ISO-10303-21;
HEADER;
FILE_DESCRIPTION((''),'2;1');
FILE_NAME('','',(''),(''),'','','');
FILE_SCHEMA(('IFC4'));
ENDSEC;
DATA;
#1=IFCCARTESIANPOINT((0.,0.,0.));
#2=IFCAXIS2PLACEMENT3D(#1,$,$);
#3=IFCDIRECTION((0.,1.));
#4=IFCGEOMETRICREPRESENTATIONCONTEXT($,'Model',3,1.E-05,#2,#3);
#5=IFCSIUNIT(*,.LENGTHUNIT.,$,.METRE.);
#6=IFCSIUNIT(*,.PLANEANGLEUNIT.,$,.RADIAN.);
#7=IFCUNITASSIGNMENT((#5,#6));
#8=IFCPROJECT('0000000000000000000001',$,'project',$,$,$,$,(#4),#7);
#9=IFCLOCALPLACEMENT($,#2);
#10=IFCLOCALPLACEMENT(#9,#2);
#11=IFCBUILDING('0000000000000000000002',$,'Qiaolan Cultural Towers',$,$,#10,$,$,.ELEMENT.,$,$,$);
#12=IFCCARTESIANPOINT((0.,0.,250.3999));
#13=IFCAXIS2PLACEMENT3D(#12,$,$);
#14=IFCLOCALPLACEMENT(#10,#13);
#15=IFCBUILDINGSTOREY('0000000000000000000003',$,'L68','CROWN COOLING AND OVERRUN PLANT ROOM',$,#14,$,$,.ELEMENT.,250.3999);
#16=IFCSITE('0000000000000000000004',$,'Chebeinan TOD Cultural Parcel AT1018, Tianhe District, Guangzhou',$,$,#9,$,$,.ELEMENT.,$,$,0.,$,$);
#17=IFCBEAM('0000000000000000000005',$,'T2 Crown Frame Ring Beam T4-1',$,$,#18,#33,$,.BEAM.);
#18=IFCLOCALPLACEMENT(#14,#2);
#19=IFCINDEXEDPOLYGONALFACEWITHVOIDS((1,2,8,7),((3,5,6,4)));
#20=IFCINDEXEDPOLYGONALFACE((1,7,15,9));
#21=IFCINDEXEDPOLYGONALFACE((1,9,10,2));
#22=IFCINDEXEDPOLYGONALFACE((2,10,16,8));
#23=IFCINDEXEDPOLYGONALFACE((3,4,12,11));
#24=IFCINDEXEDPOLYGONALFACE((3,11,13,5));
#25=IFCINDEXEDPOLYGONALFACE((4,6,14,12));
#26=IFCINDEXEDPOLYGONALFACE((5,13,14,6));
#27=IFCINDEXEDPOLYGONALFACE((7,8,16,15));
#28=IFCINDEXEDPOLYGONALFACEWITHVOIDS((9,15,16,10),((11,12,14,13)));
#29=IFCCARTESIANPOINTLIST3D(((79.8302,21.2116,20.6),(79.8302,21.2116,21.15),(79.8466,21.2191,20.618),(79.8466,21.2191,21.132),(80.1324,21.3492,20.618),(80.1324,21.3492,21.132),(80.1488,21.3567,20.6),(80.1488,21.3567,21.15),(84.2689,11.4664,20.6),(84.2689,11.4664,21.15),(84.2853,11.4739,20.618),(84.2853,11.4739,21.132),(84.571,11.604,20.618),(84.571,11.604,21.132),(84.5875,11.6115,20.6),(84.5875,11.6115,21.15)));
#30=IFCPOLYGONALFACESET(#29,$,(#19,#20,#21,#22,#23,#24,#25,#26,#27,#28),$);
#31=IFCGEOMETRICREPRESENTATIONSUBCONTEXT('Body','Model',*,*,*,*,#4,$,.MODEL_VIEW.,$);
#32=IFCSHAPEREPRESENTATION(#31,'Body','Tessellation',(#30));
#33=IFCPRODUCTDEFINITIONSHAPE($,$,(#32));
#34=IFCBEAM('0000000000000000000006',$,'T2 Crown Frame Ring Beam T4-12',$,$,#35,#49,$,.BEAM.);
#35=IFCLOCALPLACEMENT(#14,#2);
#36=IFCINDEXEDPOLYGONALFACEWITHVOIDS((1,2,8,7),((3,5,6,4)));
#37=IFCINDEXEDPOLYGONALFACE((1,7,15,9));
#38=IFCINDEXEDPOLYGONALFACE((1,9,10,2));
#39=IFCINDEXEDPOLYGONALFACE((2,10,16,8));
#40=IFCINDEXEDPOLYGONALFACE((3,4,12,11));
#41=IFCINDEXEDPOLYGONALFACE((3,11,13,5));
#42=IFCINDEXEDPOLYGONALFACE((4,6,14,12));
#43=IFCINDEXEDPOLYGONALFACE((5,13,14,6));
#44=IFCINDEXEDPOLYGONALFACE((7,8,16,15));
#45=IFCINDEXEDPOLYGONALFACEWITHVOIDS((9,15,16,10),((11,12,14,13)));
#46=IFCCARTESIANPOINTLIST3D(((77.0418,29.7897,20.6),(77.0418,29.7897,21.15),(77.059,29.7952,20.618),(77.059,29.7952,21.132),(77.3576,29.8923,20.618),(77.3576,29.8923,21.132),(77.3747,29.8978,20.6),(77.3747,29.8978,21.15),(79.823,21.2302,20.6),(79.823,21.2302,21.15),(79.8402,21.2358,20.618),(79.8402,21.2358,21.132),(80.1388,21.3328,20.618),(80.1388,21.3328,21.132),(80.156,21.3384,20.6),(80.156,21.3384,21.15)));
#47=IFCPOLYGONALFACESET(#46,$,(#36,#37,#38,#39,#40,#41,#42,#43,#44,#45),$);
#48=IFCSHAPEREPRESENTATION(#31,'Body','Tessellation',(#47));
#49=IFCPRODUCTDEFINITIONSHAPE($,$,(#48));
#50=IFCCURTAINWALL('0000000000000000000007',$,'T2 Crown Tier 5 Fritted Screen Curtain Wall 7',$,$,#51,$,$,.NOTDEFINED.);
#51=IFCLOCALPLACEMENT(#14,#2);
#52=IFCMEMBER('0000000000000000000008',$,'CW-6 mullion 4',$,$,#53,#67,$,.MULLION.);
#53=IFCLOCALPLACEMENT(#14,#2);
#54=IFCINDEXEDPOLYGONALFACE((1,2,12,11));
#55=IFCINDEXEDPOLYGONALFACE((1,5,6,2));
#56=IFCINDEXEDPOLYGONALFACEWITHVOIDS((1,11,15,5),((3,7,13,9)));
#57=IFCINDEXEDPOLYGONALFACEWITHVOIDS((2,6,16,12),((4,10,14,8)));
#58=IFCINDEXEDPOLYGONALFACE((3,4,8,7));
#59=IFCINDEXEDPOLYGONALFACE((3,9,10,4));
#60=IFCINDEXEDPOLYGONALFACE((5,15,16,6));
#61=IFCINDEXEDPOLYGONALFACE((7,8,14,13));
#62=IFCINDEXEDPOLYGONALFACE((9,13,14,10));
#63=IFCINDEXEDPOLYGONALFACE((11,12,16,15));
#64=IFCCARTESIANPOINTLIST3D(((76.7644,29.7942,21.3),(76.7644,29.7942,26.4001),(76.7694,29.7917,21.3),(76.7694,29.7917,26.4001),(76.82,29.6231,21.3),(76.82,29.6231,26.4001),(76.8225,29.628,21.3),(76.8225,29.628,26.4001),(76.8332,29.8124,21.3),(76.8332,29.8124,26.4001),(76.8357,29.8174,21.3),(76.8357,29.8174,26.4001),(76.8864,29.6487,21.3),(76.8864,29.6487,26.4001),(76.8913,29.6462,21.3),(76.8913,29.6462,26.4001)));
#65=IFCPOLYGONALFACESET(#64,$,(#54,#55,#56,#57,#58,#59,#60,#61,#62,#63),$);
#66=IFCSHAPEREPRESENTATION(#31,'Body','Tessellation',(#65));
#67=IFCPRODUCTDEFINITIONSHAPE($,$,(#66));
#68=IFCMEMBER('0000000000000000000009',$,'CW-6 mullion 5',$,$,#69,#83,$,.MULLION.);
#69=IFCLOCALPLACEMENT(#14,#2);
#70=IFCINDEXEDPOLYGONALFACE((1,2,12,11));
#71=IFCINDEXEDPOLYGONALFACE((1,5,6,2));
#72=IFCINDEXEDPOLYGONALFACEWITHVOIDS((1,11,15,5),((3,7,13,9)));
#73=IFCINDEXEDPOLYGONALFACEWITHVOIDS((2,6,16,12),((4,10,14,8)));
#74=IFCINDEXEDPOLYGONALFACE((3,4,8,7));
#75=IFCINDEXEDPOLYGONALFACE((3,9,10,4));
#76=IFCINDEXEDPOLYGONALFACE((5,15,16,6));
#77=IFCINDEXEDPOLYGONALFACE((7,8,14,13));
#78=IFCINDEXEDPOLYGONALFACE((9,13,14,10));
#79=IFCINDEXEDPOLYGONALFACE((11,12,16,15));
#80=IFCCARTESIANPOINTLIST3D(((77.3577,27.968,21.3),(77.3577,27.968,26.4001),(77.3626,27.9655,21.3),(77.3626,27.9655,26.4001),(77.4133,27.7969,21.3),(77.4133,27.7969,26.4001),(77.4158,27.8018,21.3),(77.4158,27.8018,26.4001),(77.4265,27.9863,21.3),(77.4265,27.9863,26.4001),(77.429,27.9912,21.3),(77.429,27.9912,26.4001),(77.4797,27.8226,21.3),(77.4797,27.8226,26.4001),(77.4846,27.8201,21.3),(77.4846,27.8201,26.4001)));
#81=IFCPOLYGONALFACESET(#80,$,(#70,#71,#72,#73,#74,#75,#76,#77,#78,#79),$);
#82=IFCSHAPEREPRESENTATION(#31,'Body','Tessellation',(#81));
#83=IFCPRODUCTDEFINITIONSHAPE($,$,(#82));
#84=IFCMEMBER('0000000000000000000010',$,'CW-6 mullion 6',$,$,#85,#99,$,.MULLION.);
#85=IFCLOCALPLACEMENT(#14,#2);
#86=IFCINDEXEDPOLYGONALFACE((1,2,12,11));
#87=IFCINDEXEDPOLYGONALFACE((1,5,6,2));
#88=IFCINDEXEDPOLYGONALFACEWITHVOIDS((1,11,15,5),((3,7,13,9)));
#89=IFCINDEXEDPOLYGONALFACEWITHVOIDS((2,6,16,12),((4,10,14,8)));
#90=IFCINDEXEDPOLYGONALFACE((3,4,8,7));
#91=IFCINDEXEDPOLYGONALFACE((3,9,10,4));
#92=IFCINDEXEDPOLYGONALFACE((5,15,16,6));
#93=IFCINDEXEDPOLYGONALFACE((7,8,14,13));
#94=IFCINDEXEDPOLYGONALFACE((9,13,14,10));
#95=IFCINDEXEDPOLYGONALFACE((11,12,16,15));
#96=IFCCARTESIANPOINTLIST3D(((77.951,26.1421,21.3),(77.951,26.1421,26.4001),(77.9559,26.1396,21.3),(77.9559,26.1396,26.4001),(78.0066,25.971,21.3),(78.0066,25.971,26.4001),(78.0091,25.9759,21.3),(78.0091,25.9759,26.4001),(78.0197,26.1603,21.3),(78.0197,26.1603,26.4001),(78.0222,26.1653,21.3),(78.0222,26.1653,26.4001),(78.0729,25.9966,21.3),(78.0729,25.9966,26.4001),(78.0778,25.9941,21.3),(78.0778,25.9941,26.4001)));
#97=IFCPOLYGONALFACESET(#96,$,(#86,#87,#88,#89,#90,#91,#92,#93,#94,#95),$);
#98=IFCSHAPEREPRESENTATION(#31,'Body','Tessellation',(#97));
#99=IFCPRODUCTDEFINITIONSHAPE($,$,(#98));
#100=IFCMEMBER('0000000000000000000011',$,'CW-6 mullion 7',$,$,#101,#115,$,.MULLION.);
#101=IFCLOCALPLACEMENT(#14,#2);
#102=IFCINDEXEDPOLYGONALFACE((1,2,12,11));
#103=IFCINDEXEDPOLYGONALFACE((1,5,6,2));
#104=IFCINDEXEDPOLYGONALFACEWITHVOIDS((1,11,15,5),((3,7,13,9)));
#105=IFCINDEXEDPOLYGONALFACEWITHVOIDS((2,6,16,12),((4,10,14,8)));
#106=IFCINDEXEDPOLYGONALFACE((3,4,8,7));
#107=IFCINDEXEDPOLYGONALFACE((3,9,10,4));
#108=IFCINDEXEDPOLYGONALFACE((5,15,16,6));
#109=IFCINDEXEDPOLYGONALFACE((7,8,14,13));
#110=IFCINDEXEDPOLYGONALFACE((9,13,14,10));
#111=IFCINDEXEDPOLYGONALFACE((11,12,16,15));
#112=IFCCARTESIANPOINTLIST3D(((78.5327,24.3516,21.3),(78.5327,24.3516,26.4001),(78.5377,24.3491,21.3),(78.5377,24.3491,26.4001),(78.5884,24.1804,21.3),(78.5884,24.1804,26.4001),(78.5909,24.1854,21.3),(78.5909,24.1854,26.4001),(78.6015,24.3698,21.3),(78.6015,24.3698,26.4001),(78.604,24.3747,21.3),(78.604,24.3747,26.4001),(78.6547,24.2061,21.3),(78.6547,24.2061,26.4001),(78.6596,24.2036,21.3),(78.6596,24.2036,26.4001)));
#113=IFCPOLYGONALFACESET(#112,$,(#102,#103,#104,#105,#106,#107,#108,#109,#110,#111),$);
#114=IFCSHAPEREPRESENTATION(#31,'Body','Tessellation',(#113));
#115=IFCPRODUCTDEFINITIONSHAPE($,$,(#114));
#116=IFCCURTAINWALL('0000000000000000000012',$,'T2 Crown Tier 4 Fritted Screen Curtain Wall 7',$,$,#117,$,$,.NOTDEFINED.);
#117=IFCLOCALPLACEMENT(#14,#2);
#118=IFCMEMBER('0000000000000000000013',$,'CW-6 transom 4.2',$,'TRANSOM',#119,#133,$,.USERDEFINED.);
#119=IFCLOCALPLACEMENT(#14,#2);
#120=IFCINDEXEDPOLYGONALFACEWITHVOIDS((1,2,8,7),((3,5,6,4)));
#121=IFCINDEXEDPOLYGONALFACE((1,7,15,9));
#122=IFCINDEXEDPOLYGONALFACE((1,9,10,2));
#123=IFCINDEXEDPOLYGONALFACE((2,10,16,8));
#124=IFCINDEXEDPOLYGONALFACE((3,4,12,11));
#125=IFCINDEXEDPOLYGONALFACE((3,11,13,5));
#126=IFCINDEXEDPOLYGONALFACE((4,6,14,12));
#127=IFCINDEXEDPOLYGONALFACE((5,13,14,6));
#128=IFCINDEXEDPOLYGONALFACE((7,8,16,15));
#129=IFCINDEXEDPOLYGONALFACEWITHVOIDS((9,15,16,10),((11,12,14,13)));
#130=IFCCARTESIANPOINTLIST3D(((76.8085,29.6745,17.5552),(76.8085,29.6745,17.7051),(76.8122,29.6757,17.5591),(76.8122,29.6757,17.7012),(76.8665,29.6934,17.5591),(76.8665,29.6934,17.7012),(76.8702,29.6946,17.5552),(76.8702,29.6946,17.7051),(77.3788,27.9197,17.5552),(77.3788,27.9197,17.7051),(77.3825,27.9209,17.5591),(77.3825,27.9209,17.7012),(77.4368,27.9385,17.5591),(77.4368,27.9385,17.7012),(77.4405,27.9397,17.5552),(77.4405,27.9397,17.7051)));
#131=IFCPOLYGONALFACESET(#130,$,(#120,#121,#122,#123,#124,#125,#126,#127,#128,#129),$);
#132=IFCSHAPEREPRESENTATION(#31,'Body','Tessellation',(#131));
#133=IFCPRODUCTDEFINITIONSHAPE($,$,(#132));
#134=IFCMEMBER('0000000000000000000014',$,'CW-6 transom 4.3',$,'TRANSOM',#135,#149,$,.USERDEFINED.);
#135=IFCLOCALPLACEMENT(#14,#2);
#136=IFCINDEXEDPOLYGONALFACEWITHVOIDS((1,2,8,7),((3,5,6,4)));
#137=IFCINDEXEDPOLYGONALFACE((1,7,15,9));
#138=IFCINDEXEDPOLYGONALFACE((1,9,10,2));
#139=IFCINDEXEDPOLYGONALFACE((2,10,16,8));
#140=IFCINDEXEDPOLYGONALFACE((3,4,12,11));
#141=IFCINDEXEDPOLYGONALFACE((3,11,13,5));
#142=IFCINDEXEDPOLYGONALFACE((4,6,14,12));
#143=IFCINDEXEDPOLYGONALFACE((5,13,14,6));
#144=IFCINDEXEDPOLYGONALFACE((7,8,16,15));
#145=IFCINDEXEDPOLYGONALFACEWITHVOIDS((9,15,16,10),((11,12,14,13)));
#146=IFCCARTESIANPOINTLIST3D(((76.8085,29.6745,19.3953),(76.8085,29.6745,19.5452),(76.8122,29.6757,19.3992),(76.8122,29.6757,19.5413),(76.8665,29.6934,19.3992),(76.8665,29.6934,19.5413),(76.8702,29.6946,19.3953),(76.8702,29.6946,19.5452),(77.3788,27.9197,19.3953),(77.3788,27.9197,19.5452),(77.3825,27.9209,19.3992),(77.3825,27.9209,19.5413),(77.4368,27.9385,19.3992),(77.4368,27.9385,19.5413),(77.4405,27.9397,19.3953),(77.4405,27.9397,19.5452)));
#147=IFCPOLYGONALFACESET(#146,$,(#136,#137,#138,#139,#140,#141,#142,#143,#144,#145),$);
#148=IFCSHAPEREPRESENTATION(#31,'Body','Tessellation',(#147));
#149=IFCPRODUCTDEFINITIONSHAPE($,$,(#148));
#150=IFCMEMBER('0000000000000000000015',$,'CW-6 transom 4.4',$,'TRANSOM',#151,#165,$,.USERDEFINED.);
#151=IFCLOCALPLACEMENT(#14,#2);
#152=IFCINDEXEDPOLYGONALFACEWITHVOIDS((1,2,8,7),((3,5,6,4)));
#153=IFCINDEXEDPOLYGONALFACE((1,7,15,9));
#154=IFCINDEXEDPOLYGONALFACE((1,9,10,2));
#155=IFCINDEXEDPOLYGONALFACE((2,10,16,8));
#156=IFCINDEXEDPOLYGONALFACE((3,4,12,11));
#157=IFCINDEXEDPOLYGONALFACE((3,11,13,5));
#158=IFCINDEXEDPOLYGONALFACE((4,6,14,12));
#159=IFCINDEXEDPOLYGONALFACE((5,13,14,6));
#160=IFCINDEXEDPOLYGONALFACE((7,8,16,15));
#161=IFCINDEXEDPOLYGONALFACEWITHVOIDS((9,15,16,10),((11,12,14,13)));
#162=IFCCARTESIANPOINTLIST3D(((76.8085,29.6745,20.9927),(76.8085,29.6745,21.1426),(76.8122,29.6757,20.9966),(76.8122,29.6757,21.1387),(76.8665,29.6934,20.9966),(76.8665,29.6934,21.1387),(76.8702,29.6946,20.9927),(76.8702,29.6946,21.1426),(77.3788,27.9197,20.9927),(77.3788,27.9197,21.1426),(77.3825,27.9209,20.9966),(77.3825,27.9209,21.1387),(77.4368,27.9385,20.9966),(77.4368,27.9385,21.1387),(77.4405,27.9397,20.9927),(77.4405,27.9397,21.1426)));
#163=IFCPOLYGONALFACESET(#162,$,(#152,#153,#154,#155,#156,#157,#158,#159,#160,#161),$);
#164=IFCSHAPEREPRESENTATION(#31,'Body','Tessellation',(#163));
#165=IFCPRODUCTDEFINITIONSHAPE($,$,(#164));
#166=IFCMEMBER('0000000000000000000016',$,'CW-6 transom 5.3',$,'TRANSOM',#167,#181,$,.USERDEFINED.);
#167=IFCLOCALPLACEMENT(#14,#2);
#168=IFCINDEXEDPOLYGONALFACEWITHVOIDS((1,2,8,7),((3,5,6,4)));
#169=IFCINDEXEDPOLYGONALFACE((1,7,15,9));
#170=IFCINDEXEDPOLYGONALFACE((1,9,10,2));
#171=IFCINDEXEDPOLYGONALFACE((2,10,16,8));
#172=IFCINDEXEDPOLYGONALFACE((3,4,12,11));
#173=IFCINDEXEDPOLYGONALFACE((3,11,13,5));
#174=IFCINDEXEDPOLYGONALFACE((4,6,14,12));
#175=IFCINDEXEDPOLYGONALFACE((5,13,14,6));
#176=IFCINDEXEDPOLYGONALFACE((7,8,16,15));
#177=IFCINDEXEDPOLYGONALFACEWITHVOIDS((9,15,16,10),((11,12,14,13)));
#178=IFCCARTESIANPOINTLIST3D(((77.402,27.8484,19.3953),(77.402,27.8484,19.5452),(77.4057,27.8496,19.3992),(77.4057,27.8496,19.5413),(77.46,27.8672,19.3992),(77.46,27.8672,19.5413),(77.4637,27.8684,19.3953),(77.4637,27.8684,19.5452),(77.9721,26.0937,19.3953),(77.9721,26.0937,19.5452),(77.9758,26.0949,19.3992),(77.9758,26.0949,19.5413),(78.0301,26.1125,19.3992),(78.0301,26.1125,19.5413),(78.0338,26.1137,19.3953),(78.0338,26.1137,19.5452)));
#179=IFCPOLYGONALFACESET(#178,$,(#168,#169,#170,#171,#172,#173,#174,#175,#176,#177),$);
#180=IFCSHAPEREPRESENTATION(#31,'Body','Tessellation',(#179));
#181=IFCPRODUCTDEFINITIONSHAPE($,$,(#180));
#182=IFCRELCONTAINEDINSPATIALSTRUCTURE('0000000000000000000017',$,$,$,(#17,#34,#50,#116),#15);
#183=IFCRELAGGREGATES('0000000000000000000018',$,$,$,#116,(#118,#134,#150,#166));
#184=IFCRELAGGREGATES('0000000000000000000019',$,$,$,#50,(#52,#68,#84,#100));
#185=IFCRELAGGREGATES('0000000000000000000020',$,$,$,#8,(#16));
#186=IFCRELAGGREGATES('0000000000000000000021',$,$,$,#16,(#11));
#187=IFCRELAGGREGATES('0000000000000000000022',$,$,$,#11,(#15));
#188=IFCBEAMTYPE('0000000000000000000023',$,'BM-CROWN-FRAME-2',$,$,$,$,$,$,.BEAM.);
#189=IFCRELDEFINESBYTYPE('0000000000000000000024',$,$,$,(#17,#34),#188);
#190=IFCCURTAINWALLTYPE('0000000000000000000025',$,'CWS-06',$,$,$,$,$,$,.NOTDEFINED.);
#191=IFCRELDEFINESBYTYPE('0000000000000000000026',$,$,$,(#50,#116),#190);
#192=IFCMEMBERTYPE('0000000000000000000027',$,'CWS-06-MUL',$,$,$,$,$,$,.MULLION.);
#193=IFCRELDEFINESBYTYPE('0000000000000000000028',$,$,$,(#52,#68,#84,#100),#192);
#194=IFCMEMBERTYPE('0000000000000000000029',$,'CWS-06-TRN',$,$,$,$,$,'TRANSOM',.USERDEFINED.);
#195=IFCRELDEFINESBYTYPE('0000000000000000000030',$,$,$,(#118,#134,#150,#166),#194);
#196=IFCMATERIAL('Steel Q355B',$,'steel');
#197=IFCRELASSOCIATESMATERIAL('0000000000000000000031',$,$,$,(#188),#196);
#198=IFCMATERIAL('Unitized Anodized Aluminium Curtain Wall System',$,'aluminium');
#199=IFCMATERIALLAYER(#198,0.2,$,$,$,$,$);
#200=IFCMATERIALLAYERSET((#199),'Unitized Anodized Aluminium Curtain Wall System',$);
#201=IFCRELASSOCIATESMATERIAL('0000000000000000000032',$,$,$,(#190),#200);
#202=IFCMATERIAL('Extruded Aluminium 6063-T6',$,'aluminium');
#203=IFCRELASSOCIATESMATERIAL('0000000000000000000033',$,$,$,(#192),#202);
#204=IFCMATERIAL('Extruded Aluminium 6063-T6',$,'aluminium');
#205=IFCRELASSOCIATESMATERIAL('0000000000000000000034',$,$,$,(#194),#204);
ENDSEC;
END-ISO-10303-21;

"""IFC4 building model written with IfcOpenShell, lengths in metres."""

from ifc_helpers import new_model, si_unit, direction, frame, origin, origin_2d, place, context, subcontext, project, spatial, hollow_rectangle, extrude, material, layer, layer_set, material_profile, profile_set, type_object, element, aggregate, save


model = new_model("IFC4")

# Units and contexts
model_context = context("Model", 3, precision=1e-05, world=origin(), true_north=direction((0.0, 1.0)))
body_context = subcontext(model_context, "Body", "Model", "MODEL_VIEW")
ifc_project = project(units=[si_unit("LENGTHUNIT", "METRE"), si_unit("PLANEANGLEUNIT", "RADIAN")], contexts=[model_context])

# Site, building, storey
site_placement = place(None, origin())
site = spatial("IfcSite", under=ifc_project, at=site_placement, Name="Chebeinan TOD Cultural Parcel AT1018, Tianhe District, Guangzhou", CompositionType="ELEMENT", RefElevation=0.0)
building_placement = place(site_placement, origin())
building = spatial("IfcBuilding", under=site, at=building_placement, Name="Qiaolan Cultural Towers", CompositionType="ELEMENT")
storey_placement = place(building_placement, frame((0.0, 0.0, 250.3999)))
storey = spatial("IfcBuildingStorey", under=building, at=storey_placement, Name="L68", Description="CROWN COOLING AND OVERRUN PLANT ROOM", CompositionType="ELEMENT", Elevation=250.3999)

# Beams
ifc_material_1 = material(Name="Steel Q355B", Category="steel")
ifc_material_profile_1 = material_profile(ifc_material_1, hollow_rectangle(XDim=0.3501, YDim=0.55, WallThickness=0.0181, at=origin_2d()), Name="BOX550x350x18")
ifc_profile_set_1 = profile_set([ifc_material_profile_1], Name="Steel Q355B")
beam_type = type_object("IfcBeamType", Name="BM-CROWN-FRAME-2", PredefinedType="BEAM", material=ifc_profile_set_1)
beam_1_placement = place(storey_placement, frame((79.9895, 21.2842, 20.875), z_axis=(0.4145, -0.910049, 0.0), x_axis=(0.910049, 0.4145, 0.0)))
element("IfcBeam", 1, at=beam_1_placement, inside=storey, type_object=beam_type, Name="T2 Crown Frame Ring Beam T4-1", PredefinedType="BEAM", context=body_context, shape_type="SweptSolid", body=[
    extrude(hollow_rectangle(XDim=0.3501, YDim=0.55, WallThickness=0.0181, at=origin_2d()), origin(), (0.0, 0.0, 1.0), 10.7085),
])
beam_2_placement = place(storey_placement, frame((77.2083, 29.8438, 20.875), z_axis=(0.309025, -0.951054, 0.0), x_axis=(0.951054, 0.309025, 0.0)))
element("IfcBeam", 2, at=beam_2_placement, inside=storey, type_object=beam_type, Name="T2 Crown Frame Ring Beam T4-12", PredefinedType="BEAM", context=body_context, shape_type="SweptSolid", body=[
    extrude(hollow_rectangle(XDim=0.3501, YDim=0.55, WallThickness=0.0181, at=origin_2d()), origin(), (0.0, 0.0, 1.0), 9.0),
])

# Curtain walls, members
ifc_material_2 = material(Name="Unitized Anodized Aluminium Curtain Wall System", Category="aluminium")
ifc_layer_1 = layer(ifc_material_2, 0.2)
ifc_layer_set_1 = layer_set([ifc_layer_1], Name="Unitized Anodized Aluminium Curtain Wall System")
curtain_wall_type = type_object("IfcCurtainWallType", Name="CWS-06", PredefinedType="NOTDEFINED", material=ifc_layer_set_1)
curtain_wall_1_placement = place(storey_placement, origin())
curtain_wall_1 = element("IfcCurtainWall", 3, at=curtain_wall_1_placement, inside=storey, type_object=curtain_wall_type, Name="T2 Crown Tier 5 Fritted Screen Curtain Wall 7", PredefinedType="NOTDEFINED")
ifc_material_3 = material(Name="Extruded Aluminium 6063-T6", Category="aluminium")
ifc_material_profile_2 = material_profile(ifc_material_3, hollow_rectangle(XDim=0.075, YDim=0.1799, WallThickness=0.0039, at=origin_2d()), Name="CWM-180x75x4")
ifc_profile_set_2 = profile_set([ifc_material_profile_2], Name="Extruded Aluminium 6063-T6")
member_type_1 = type_object("IfcMemberType", Name="CWS-06-MUL", PredefinedType="MULLION", material=ifc_profile_set_2)
member_1_placement = place(storey_placement, frame((76.8279, 29.7202, 21.3), z_axis=(0.0, 0.0, 1.0), x_axis=(0.951057, 0.309017, 0.0)))
member_1 = element("IfcMember", 4, at=member_1_placement, type_object=member_type_1, Name="CW-6 mullion 4", PredefinedType="MULLION", context=body_context, shape_type="SweptSolid", body=[
    extrude(hollow_rectangle(XDim=0.075, YDim=0.1799, WallThickness=0.0039, at=origin_2d()), origin(), (0.0, 0.0, 1.0), 5.1001),
])
member_2_placement = place(storey_placement, frame((77.4211, 27.894, 21.3), z_axis=(0.0, 0.0, 1.0), x_axis=(0.951057, 0.309017, 0.0)))
member_2 = element("IfcMember", 5, at=member_2_placement, type_object=member_type_1, Name="CW-6 mullion 5", PredefinedType="MULLION", context=body_context, shape_type="SweptSolid", body=[
    extrude(hollow_rectangle(XDim=0.075, YDim=0.1799, WallThickness=0.0039, at=origin_2d()), origin(), (0.0, 0.0, 1.0), 5.1001),
])
member_3_placement = place(storey_placement, frame((78.0144, 26.0681, 21.3), z_axis=(0.0, 0.0, 1.0), x_axis=(0.951057, 0.309017, 0.0)))
member_3 = element("IfcMember", 6, at=member_3_placement, type_object=member_type_1, Name="CW-6 mullion 6", PredefinedType="MULLION", context=body_context, shape_type="SweptSolid", body=[
    extrude(hollow_rectangle(XDim=0.075, YDim=0.1799, WallThickness=0.0039, at=origin_2d()), origin(), (0.0, 0.0, 1.0), 5.1001),
])
member_4_placement = place(storey_placement, frame((78.5962, 24.2776, 21.3), z_axis=(0.0, 0.0, 1.0), x_axis=(0.951057, 0.309017, 0.0)))
member_4 = element("IfcMember", 7, at=member_4_placement, type_object=member_type_1, Name="CW-6 mullion 7", PredefinedType="MULLION", context=body_context, shape_type="SweptSolid", body=[
    extrude(hollow_rectangle(XDim=0.075, YDim=0.1799, WallThickness=0.0039, at=origin_2d()), origin(), (0.0, 0.0, 1.0), 5.1001),
])
curtain_wall_2_placement = place(storey_placement, origin())
curtain_wall_2 = element("IfcCurtainWall", 8, at=curtain_wall_2_placement, inside=storey, type_object=curtain_wall_type, Name="T2 Crown Tier 4 Fritted Screen Curtain Wall 7", PredefinedType="NOTDEFINED")
ifc_material_4 = material(Name="Extruded Aluminium 6063-T6", Category="aluminium")
ifc_material_profile_3 = material_profile(ifc_material_4, hollow_rectangle(XDim=0.0649, YDim=0.1499, WallThickness=0.0039, at=origin_2d()), Name="CWT-150x65x4")
ifc_profile_set_3 = profile_set([ifc_material_profile_3], Name="Extruded Aluminium 6063-T6")
member_type_2 = type_object("IfcMemberType", Name="CWS-06-TRN", ElementType="TRANSOM", PredefinedType="USERDEFINED", material=ifc_profile_set_3)
member_5_placement = place(storey_placement, frame((76.8394, 29.6846, 17.6301), z_axis=(0.309074, -0.951038, 0.0), x_axis=(0.951038, 0.309074, 0.0)))
member_5 = element("IfcMember", 9, at=member_5_placement, type_object=member_type_2, Name="CW-6 transom 4.2", ObjectType="TRANSOM", PredefinedType="USERDEFINED", context=body_context, shape_type="SweptSolid", body=[
    extrude(hollow_rectangle(XDim=0.0649, YDim=0.1499, WallThickness=0.0039, at=origin_2d()), origin(), (0.0, 0.0, 1.0), 1.8452),
])
member_6_placement = place(storey_placement, frame((76.8394, 29.6846, 19.4702), z_axis=(0.309074, -0.951038, 0.0), x_axis=(0.951038, 0.309074, 0.0)))
member_6 = element("IfcMember", 10, at=member_6_placement, type_object=member_type_2, Name="CW-6 transom 4.3", ObjectType="TRANSOM", PredefinedType="USERDEFINED", context=body_context, shape_type="SweptSolid", body=[
    extrude(hollow_rectangle(XDim=0.0649, YDim=0.1499, WallThickness=0.0039, at=origin_2d()), origin(), (0.0, 0.0, 1.0), 1.8452),
])
member_7_placement = place(storey_placement, frame((76.8394, 29.6846, 21.0676), z_axis=(0.309074, -0.951038, 0.0), x_axis=(0.951038, 0.309074, 0.0)))
member_7 = element("IfcMember", 11, at=member_7_placement, type_object=member_type_2, Name="CW-6 transom 4.4", ObjectType="TRANSOM", PredefinedType="USERDEFINED", context=body_context, shape_type="SweptSolid", body=[
    extrude(hollow_rectangle(XDim=0.0649, YDim=0.1499, WallThickness=0.0039, at=origin_2d()), origin(), (0.0, 0.0, 1.0), 1.8452),
])
member_8_placement = place(storey_placement, frame((77.4329, 27.8584, 19.4702), z_axis=(0.308993, -0.951064, 0.0), x_axis=(0.951064, 0.308993, 0.0)))
member_8 = element("IfcMember", 12, at=member_8_placement, type_object=member_type_2, Name="CW-6 transom 5.3", ObjectType="TRANSOM", PredefinedType="USERDEFINED", context=body_context, shape_type="SweptSolid", body=[
    extrude(hollow_rectangle(XDim=0.0649, YDim=0.1499, WallThickness=0.0039, at=origin_2d()), origin(), (0.0, 0.0, 1.0), 1.845),
])

aggregate(curtain_wall_2, [member_5, member_6, member_7, member_8])
aggregate(curtain_wall_1, [member_1, member_2, member_3, member_4])

save(model, "model.ifc")
